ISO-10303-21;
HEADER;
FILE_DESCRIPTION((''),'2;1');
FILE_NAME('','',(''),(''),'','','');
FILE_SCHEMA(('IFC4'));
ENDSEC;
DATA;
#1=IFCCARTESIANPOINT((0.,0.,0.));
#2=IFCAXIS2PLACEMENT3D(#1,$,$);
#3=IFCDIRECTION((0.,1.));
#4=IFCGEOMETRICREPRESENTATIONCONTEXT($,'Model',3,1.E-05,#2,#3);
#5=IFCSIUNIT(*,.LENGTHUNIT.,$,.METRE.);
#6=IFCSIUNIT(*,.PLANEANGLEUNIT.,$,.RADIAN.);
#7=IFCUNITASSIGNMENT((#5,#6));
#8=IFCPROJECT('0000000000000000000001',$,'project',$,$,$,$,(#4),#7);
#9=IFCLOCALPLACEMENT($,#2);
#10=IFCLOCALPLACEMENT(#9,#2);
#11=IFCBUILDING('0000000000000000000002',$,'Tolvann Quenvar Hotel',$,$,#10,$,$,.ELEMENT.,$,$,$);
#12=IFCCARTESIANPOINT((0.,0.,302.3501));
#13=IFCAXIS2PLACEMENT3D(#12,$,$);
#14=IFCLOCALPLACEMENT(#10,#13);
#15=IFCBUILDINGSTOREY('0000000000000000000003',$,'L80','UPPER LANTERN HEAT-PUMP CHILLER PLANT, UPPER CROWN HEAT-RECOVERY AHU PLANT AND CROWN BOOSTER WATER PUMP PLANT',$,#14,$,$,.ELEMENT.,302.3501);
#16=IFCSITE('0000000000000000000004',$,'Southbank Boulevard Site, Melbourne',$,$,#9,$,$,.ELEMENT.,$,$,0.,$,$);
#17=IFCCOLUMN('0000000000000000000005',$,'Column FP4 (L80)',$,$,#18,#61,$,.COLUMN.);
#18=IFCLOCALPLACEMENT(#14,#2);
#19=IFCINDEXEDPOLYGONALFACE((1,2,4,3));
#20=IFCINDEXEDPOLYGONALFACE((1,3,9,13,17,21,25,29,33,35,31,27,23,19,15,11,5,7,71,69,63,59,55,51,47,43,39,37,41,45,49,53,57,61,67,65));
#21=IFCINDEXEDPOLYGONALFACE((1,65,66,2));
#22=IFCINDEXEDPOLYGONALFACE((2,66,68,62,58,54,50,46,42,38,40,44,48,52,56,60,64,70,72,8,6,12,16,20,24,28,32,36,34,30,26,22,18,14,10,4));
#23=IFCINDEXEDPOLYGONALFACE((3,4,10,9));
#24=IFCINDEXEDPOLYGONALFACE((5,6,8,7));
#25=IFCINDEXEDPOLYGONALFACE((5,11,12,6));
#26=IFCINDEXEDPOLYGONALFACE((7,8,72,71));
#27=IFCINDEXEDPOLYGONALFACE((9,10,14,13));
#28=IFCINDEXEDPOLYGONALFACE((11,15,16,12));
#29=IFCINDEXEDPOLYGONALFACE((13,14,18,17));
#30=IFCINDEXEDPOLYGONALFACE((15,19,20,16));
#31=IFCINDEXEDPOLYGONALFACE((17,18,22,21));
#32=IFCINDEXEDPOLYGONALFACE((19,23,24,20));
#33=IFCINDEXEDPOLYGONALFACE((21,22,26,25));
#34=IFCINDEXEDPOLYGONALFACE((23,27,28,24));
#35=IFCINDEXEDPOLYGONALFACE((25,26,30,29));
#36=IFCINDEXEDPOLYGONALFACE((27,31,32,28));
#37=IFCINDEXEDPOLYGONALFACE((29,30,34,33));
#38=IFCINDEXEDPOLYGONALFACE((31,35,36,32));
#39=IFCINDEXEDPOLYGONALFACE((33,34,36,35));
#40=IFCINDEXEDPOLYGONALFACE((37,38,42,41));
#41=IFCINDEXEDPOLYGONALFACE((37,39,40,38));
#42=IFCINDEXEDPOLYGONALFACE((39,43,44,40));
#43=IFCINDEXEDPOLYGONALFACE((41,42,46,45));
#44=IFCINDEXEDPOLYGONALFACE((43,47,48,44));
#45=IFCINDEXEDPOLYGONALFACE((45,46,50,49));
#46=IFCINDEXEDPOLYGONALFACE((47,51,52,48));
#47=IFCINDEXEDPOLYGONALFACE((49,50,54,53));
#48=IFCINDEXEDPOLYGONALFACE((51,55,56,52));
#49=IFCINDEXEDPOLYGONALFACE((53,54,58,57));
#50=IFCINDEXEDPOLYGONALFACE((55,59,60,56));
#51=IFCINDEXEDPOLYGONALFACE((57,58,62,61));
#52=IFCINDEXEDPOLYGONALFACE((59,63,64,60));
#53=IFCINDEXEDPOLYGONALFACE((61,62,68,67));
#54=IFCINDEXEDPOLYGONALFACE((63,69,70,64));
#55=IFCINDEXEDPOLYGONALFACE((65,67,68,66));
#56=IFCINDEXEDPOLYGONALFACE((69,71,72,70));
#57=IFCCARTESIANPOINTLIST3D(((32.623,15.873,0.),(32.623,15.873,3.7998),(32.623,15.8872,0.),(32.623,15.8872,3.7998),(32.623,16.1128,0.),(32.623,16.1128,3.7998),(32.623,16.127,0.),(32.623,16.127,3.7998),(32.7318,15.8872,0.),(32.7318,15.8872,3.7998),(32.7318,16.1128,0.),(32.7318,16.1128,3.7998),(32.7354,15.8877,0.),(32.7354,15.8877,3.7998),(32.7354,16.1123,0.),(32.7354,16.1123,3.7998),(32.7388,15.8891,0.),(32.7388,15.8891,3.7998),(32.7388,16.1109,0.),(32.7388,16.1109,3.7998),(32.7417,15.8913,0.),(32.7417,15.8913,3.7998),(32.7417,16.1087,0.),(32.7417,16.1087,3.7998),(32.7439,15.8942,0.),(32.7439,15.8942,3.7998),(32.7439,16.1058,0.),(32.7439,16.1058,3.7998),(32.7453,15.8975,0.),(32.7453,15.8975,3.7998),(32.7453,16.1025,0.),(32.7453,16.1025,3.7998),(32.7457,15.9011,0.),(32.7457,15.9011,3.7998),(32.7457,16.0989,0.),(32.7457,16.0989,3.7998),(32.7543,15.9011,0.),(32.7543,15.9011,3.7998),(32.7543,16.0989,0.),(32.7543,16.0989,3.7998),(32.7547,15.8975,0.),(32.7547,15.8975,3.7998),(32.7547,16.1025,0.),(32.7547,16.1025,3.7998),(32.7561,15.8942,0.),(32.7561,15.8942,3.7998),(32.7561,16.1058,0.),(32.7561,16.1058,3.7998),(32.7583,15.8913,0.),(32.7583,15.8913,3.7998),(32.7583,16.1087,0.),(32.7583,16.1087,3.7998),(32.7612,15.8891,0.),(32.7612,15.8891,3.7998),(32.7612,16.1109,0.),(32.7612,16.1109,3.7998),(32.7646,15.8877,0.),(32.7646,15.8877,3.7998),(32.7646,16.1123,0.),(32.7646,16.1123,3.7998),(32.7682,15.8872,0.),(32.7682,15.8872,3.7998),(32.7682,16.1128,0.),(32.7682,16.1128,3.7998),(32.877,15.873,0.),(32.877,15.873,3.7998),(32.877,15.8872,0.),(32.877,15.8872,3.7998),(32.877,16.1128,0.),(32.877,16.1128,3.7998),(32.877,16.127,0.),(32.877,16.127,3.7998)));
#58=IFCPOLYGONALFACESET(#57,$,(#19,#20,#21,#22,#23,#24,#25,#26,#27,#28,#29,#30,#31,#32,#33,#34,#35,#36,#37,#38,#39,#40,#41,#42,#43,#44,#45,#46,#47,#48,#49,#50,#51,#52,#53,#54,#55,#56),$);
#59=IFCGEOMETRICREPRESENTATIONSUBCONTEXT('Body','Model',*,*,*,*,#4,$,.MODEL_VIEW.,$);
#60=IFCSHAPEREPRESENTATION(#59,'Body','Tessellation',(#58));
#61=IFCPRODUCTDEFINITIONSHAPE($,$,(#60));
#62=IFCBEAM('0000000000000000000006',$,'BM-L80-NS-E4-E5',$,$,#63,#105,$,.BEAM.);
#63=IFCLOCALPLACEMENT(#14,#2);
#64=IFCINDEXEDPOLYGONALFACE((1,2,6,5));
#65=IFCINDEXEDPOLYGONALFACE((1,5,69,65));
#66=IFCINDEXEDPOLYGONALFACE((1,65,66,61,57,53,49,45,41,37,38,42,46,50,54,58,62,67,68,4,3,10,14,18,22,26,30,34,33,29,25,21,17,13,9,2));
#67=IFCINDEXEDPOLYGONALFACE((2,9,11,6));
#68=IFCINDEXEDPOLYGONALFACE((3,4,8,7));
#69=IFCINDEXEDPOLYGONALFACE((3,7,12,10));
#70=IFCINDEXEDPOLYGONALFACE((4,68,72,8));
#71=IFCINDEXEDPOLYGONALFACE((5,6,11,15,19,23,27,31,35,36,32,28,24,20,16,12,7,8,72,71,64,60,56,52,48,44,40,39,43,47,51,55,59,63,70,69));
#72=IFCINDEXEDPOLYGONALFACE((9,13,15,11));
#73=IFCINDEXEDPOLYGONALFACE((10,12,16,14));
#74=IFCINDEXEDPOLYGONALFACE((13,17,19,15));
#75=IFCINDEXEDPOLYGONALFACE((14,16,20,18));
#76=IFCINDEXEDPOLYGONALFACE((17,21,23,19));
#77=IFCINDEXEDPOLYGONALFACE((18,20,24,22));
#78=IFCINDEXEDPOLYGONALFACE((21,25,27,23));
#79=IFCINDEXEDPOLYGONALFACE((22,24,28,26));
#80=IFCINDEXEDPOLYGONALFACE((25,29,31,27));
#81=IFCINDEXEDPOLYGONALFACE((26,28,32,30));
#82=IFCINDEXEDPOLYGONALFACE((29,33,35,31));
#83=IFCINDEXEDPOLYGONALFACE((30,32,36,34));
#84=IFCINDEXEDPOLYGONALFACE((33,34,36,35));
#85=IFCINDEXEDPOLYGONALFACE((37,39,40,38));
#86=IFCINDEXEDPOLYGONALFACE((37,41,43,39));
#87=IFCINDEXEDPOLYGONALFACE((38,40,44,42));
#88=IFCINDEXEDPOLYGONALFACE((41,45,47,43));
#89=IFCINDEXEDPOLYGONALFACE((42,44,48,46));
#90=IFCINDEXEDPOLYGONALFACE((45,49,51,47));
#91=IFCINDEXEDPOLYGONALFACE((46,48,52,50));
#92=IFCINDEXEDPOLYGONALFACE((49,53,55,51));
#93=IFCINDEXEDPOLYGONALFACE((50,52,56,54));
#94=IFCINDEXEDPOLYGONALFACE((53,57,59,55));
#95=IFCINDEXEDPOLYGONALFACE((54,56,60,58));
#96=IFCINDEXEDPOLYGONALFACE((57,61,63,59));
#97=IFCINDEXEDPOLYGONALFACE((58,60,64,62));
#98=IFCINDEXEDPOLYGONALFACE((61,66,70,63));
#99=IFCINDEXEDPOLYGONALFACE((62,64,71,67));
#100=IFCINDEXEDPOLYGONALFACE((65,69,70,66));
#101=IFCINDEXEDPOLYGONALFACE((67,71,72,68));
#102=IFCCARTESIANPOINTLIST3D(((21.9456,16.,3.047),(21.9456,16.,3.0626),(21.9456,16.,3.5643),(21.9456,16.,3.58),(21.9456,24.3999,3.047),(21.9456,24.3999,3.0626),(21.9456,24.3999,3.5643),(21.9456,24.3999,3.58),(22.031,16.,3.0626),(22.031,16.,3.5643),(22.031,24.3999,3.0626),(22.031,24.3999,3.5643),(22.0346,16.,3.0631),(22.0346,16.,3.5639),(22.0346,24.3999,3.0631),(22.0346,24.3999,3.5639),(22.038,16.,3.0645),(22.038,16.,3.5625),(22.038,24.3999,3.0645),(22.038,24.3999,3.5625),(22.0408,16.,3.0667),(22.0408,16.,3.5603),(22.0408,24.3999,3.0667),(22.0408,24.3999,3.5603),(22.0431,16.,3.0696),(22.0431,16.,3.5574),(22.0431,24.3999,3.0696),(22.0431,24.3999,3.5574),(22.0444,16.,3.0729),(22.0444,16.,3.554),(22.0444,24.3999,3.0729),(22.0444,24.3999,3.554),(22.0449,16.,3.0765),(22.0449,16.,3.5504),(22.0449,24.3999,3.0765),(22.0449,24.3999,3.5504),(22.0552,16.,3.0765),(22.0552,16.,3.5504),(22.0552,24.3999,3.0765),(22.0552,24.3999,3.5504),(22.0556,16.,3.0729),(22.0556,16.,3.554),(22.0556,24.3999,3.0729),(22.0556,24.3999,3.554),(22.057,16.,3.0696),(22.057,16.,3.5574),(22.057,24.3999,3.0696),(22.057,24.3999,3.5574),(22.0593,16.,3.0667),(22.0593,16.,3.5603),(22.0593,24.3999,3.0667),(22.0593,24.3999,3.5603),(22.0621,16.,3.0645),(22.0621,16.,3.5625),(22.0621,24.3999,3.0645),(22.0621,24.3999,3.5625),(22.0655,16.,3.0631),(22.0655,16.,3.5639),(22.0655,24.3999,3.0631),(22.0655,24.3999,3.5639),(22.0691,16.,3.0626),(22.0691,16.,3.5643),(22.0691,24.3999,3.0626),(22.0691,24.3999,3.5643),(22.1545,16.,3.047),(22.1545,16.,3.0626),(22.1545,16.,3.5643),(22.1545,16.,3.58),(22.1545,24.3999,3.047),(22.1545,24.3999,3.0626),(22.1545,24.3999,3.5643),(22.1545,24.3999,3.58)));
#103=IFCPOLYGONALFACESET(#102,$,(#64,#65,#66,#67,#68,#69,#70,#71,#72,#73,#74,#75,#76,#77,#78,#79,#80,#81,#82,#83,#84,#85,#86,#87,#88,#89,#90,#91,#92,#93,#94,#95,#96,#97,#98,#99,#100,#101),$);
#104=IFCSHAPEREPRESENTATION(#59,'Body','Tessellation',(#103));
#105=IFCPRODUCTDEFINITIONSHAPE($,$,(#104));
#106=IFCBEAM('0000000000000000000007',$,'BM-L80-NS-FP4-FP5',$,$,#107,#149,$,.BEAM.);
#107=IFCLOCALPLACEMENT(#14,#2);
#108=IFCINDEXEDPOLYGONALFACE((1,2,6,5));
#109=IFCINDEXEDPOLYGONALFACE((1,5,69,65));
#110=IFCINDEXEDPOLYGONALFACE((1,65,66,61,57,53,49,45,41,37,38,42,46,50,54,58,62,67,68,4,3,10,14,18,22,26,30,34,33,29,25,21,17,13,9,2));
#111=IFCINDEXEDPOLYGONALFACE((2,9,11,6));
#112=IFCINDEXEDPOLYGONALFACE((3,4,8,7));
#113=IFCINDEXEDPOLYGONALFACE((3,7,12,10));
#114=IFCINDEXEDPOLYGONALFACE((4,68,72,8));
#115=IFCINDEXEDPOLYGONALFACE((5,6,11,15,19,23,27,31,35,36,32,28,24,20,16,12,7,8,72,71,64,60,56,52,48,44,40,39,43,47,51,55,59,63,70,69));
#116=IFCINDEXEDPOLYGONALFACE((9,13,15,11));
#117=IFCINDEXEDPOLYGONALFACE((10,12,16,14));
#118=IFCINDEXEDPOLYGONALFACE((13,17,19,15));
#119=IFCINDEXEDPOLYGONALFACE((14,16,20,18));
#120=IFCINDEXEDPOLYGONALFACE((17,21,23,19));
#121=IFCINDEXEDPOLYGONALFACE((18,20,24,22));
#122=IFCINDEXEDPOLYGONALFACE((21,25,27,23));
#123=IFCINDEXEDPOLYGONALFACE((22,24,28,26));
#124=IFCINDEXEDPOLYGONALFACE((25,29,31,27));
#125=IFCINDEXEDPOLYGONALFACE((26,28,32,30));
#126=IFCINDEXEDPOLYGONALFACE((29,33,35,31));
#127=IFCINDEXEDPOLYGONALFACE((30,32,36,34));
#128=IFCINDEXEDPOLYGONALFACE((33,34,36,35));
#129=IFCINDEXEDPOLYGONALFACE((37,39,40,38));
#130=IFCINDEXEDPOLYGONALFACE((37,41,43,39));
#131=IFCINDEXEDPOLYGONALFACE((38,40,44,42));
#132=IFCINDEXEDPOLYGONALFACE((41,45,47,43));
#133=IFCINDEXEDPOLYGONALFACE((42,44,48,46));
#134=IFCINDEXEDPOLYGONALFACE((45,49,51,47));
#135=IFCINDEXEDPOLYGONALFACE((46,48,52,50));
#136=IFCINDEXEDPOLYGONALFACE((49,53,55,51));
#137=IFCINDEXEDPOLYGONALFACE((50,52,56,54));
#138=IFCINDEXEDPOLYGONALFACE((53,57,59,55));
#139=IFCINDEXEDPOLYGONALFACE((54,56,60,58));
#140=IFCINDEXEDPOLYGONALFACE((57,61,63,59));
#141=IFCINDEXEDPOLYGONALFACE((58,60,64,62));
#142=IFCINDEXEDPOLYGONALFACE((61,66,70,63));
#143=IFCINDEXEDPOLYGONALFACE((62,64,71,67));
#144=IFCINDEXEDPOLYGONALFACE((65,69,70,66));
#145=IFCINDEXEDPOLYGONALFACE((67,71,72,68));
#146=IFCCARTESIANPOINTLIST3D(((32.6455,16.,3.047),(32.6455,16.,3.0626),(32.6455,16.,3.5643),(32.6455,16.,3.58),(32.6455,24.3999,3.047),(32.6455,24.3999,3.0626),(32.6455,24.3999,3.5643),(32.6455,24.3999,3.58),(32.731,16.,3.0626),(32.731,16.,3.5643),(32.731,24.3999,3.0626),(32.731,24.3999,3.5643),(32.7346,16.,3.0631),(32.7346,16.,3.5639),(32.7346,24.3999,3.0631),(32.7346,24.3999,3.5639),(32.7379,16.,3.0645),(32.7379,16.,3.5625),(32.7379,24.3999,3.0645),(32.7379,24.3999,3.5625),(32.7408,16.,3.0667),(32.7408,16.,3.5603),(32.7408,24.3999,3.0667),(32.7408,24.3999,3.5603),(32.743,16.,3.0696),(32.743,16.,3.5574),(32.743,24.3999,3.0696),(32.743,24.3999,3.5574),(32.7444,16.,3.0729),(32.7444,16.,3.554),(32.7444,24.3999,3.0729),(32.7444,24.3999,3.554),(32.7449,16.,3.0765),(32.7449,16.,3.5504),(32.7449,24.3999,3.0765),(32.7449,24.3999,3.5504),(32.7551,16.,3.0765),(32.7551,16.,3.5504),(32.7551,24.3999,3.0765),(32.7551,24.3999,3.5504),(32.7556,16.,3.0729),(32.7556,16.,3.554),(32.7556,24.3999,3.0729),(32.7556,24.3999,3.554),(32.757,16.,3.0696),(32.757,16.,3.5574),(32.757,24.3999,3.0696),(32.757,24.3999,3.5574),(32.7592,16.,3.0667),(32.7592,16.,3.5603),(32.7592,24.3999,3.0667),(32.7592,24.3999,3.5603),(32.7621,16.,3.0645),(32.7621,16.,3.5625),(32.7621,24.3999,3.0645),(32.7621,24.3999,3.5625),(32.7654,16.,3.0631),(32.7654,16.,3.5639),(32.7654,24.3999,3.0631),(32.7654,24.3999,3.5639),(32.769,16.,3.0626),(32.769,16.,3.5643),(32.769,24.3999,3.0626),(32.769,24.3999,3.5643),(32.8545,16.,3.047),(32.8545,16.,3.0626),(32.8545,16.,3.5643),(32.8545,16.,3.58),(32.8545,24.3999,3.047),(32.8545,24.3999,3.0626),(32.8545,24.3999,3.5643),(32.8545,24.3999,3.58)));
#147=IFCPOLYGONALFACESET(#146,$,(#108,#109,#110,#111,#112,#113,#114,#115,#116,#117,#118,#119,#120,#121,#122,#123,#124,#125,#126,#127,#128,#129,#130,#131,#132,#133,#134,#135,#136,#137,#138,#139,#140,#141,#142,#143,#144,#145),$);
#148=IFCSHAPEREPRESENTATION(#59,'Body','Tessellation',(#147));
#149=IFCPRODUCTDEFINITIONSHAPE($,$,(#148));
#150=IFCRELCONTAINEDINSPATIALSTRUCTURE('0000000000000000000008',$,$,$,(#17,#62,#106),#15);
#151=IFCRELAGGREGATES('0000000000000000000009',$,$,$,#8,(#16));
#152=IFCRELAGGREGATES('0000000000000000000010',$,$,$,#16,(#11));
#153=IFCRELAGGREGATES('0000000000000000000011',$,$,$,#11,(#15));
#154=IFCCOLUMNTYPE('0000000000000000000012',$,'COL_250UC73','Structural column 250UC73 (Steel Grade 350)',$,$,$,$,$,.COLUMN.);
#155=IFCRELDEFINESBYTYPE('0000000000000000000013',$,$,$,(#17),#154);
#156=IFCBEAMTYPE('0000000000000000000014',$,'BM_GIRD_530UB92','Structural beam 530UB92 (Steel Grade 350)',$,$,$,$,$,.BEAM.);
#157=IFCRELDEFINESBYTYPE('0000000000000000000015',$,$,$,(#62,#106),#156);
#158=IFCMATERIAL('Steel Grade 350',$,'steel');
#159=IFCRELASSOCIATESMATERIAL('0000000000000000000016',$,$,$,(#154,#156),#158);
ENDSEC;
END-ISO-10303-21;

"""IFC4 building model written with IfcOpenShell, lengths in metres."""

from ifc_helpers import new_model, si_unit, direction, frame, origin, origin_2d, place, context, subcontext, project, spatial, i_section, extrude, source, transform, mapped, material, material_profile, profile_set, type_object, type_shapes, element, save


model = new_model("IFC4")

# Units and contexts
model_context = context("Model", 3, precision=1e-05, world=origin(), true_north=direction((0.0, 1.0)))
body_context = subcontext(model_context, "Body", "Model", "MODEL_VIEW")
ifc_project = project(units=[si_unit("LENGTHUNIT", "METRE"), si_unit("PLANEANGLEUNIT", "RADIAN")], contexts=[model_context])

# Site, building, storey
site_placement = place(None, origin())
site = spatial("IfcSite", under=ifc_project, at=site_placement, Name="Southbank Boulevard Site, Melbourne", CompositionType="ELEMENT", RefElevation=0.0)
building_placement = place(site_placement, origin())
building = spatial("IfcBuilding", under=site, at=building_placement, Name="Tolvann Quenvar Hotel", CompositionType="ELEMENT")
storey_placement = place(building_placement, frame((0.0, 0.0, 302.3501)))
storey = spatial("IfcBuildingStorey", under=building, at=storey_placement, Name="L80", Description="UPPER LANTERN HEAT-PUMP CHILLER PLANT, UPPER CROWN HEAT-RECOVERY AHU PLANT AND CROWN BOOSTER WATER PUMP PLANT", CompositionType="ELEMENT", Elevation=302.3501)

# Column
ifc_material_1 = material(Name="Steel Grade 350", Category="steel")
ifc_material_profile_1 = material_profile(ifc_material_1, i_section(OverallWidth=0.2539, OverallDepth=0.2539, WebThickness=0.0085, FlangeThickness=0.0142, FilletRadius=0.0139, at=origin_2d()), Name="250UC73")
ifc_profile_set_1 = profile_set([ifc_material_profile_1], Name="Steel Grade 350")
column_type = type_object("IfcColumnType", Name="COL_250UC73", Description="Structural column 250UC73 (Steel Grade 350)", PredefinedType="COLUMN", material=ifc_profile_set_1)
shared_shape_1 = source(origin(), body_context, "Body", "SweptSolid", [
    extrude(i_section(OverallWidth=0.2539, OverallDepth=0.2539, WebThickness=0.0085, FlangeThickness=0.0142, FilletRadius=0.0139, at=origin_2d()), origin(), (0.0, 0.0, 1.0), 3.7998),
])
type_shapes(column_type, [shared_shape_1])
for number, where, z_axis, x_axis, name in (
    (1, (32.75, 16.0, 0.0), (0.0, 0.0, 1.0), (1.0, 0.0, 0.0), "Column FP4 (L80)"),
):
    element("IfcColumn", number, at=place(storey_placement, frame(where, z_axis=z_axis, x_axis=x_axis)), inside=storey, type_object=column_type, Name=name, PredefinedType="COLUMN", context=body_context, shape_type="MappedRepresentation", body=[
        mapped(shared_shape_1, transform((0.0, 0.0, 0.0), x_axis=(1.0, 0.0, 0.0), y_axis=(0.0, 1.0, 0.0), z_axis=(0.0, 0.0, 1.0), scale=1.0)),
    ])

# Beams
ifc_material_profile_2 = material_profile(ifc_material_1, i_section(OverallWidth=0.209, OverallDepth=0.533, WebThickness=0.0103, FlangeThickness=0.0156, FilletRadius=0.0139, at=origin_2d()), Name="530UB92")
ifc_profile_set_2 = profile_set([ifc_material_profile_2], Name="Steel Grade 350")
beam_type_1 = type_object("IfcBeamType", Name="BM_GIRD_530UB92", Description="Structural beam 530UB92 (Steel Grade 350)", PredefinedType="BEAM", material=ifc_profile_set_2)
shared_shape_2 = source(origin(), body_context, "Body", "SweptSolid", [
    extrude(i_section(OverallWidth=0.209, OverallDepth=0.533, WebThickness=0.0103, FlangeThickness=0.0156, FilletRadius=0.0139, at=origin_2d()), origin(), (0.0, 0.0, 1.0), 8.3999),
])
for number, where, z_axis, x_axis, name in (
    (2, (22.05, 16.0, 3.3135), (0.0, 1.0, 0.0), (-1.0, 0.0, 0.0), "BM-L80-NS-E4-E5"),
    (3, (32.75, 16.0, 3.3135), (0.0, 1.0, 0.0), (-1.0, 0.0, 0.0), "BM-L80-NS-FP4-FP5"),
):
    element("IfcBeam", number, at=place(storey_placement, frame(where, z_axis=z_axis, x_axis=x_axis)), inside=storey, type_object=beam_type_1, Name=name, PredefinedType="BEAM", context=body_context, shape_type="MappedRepresentation", body=[
        mapped(shared_shape_2, transform((0.0, 0.0, 0.0), x_axis=(1.0, 0.0, 0.0), y_axis=(0.0, 1.0, 0.0), z_axis=(0.0, 0.0, 1.0), scale=1.0)),
    ])

save(model, "model.ifc")
